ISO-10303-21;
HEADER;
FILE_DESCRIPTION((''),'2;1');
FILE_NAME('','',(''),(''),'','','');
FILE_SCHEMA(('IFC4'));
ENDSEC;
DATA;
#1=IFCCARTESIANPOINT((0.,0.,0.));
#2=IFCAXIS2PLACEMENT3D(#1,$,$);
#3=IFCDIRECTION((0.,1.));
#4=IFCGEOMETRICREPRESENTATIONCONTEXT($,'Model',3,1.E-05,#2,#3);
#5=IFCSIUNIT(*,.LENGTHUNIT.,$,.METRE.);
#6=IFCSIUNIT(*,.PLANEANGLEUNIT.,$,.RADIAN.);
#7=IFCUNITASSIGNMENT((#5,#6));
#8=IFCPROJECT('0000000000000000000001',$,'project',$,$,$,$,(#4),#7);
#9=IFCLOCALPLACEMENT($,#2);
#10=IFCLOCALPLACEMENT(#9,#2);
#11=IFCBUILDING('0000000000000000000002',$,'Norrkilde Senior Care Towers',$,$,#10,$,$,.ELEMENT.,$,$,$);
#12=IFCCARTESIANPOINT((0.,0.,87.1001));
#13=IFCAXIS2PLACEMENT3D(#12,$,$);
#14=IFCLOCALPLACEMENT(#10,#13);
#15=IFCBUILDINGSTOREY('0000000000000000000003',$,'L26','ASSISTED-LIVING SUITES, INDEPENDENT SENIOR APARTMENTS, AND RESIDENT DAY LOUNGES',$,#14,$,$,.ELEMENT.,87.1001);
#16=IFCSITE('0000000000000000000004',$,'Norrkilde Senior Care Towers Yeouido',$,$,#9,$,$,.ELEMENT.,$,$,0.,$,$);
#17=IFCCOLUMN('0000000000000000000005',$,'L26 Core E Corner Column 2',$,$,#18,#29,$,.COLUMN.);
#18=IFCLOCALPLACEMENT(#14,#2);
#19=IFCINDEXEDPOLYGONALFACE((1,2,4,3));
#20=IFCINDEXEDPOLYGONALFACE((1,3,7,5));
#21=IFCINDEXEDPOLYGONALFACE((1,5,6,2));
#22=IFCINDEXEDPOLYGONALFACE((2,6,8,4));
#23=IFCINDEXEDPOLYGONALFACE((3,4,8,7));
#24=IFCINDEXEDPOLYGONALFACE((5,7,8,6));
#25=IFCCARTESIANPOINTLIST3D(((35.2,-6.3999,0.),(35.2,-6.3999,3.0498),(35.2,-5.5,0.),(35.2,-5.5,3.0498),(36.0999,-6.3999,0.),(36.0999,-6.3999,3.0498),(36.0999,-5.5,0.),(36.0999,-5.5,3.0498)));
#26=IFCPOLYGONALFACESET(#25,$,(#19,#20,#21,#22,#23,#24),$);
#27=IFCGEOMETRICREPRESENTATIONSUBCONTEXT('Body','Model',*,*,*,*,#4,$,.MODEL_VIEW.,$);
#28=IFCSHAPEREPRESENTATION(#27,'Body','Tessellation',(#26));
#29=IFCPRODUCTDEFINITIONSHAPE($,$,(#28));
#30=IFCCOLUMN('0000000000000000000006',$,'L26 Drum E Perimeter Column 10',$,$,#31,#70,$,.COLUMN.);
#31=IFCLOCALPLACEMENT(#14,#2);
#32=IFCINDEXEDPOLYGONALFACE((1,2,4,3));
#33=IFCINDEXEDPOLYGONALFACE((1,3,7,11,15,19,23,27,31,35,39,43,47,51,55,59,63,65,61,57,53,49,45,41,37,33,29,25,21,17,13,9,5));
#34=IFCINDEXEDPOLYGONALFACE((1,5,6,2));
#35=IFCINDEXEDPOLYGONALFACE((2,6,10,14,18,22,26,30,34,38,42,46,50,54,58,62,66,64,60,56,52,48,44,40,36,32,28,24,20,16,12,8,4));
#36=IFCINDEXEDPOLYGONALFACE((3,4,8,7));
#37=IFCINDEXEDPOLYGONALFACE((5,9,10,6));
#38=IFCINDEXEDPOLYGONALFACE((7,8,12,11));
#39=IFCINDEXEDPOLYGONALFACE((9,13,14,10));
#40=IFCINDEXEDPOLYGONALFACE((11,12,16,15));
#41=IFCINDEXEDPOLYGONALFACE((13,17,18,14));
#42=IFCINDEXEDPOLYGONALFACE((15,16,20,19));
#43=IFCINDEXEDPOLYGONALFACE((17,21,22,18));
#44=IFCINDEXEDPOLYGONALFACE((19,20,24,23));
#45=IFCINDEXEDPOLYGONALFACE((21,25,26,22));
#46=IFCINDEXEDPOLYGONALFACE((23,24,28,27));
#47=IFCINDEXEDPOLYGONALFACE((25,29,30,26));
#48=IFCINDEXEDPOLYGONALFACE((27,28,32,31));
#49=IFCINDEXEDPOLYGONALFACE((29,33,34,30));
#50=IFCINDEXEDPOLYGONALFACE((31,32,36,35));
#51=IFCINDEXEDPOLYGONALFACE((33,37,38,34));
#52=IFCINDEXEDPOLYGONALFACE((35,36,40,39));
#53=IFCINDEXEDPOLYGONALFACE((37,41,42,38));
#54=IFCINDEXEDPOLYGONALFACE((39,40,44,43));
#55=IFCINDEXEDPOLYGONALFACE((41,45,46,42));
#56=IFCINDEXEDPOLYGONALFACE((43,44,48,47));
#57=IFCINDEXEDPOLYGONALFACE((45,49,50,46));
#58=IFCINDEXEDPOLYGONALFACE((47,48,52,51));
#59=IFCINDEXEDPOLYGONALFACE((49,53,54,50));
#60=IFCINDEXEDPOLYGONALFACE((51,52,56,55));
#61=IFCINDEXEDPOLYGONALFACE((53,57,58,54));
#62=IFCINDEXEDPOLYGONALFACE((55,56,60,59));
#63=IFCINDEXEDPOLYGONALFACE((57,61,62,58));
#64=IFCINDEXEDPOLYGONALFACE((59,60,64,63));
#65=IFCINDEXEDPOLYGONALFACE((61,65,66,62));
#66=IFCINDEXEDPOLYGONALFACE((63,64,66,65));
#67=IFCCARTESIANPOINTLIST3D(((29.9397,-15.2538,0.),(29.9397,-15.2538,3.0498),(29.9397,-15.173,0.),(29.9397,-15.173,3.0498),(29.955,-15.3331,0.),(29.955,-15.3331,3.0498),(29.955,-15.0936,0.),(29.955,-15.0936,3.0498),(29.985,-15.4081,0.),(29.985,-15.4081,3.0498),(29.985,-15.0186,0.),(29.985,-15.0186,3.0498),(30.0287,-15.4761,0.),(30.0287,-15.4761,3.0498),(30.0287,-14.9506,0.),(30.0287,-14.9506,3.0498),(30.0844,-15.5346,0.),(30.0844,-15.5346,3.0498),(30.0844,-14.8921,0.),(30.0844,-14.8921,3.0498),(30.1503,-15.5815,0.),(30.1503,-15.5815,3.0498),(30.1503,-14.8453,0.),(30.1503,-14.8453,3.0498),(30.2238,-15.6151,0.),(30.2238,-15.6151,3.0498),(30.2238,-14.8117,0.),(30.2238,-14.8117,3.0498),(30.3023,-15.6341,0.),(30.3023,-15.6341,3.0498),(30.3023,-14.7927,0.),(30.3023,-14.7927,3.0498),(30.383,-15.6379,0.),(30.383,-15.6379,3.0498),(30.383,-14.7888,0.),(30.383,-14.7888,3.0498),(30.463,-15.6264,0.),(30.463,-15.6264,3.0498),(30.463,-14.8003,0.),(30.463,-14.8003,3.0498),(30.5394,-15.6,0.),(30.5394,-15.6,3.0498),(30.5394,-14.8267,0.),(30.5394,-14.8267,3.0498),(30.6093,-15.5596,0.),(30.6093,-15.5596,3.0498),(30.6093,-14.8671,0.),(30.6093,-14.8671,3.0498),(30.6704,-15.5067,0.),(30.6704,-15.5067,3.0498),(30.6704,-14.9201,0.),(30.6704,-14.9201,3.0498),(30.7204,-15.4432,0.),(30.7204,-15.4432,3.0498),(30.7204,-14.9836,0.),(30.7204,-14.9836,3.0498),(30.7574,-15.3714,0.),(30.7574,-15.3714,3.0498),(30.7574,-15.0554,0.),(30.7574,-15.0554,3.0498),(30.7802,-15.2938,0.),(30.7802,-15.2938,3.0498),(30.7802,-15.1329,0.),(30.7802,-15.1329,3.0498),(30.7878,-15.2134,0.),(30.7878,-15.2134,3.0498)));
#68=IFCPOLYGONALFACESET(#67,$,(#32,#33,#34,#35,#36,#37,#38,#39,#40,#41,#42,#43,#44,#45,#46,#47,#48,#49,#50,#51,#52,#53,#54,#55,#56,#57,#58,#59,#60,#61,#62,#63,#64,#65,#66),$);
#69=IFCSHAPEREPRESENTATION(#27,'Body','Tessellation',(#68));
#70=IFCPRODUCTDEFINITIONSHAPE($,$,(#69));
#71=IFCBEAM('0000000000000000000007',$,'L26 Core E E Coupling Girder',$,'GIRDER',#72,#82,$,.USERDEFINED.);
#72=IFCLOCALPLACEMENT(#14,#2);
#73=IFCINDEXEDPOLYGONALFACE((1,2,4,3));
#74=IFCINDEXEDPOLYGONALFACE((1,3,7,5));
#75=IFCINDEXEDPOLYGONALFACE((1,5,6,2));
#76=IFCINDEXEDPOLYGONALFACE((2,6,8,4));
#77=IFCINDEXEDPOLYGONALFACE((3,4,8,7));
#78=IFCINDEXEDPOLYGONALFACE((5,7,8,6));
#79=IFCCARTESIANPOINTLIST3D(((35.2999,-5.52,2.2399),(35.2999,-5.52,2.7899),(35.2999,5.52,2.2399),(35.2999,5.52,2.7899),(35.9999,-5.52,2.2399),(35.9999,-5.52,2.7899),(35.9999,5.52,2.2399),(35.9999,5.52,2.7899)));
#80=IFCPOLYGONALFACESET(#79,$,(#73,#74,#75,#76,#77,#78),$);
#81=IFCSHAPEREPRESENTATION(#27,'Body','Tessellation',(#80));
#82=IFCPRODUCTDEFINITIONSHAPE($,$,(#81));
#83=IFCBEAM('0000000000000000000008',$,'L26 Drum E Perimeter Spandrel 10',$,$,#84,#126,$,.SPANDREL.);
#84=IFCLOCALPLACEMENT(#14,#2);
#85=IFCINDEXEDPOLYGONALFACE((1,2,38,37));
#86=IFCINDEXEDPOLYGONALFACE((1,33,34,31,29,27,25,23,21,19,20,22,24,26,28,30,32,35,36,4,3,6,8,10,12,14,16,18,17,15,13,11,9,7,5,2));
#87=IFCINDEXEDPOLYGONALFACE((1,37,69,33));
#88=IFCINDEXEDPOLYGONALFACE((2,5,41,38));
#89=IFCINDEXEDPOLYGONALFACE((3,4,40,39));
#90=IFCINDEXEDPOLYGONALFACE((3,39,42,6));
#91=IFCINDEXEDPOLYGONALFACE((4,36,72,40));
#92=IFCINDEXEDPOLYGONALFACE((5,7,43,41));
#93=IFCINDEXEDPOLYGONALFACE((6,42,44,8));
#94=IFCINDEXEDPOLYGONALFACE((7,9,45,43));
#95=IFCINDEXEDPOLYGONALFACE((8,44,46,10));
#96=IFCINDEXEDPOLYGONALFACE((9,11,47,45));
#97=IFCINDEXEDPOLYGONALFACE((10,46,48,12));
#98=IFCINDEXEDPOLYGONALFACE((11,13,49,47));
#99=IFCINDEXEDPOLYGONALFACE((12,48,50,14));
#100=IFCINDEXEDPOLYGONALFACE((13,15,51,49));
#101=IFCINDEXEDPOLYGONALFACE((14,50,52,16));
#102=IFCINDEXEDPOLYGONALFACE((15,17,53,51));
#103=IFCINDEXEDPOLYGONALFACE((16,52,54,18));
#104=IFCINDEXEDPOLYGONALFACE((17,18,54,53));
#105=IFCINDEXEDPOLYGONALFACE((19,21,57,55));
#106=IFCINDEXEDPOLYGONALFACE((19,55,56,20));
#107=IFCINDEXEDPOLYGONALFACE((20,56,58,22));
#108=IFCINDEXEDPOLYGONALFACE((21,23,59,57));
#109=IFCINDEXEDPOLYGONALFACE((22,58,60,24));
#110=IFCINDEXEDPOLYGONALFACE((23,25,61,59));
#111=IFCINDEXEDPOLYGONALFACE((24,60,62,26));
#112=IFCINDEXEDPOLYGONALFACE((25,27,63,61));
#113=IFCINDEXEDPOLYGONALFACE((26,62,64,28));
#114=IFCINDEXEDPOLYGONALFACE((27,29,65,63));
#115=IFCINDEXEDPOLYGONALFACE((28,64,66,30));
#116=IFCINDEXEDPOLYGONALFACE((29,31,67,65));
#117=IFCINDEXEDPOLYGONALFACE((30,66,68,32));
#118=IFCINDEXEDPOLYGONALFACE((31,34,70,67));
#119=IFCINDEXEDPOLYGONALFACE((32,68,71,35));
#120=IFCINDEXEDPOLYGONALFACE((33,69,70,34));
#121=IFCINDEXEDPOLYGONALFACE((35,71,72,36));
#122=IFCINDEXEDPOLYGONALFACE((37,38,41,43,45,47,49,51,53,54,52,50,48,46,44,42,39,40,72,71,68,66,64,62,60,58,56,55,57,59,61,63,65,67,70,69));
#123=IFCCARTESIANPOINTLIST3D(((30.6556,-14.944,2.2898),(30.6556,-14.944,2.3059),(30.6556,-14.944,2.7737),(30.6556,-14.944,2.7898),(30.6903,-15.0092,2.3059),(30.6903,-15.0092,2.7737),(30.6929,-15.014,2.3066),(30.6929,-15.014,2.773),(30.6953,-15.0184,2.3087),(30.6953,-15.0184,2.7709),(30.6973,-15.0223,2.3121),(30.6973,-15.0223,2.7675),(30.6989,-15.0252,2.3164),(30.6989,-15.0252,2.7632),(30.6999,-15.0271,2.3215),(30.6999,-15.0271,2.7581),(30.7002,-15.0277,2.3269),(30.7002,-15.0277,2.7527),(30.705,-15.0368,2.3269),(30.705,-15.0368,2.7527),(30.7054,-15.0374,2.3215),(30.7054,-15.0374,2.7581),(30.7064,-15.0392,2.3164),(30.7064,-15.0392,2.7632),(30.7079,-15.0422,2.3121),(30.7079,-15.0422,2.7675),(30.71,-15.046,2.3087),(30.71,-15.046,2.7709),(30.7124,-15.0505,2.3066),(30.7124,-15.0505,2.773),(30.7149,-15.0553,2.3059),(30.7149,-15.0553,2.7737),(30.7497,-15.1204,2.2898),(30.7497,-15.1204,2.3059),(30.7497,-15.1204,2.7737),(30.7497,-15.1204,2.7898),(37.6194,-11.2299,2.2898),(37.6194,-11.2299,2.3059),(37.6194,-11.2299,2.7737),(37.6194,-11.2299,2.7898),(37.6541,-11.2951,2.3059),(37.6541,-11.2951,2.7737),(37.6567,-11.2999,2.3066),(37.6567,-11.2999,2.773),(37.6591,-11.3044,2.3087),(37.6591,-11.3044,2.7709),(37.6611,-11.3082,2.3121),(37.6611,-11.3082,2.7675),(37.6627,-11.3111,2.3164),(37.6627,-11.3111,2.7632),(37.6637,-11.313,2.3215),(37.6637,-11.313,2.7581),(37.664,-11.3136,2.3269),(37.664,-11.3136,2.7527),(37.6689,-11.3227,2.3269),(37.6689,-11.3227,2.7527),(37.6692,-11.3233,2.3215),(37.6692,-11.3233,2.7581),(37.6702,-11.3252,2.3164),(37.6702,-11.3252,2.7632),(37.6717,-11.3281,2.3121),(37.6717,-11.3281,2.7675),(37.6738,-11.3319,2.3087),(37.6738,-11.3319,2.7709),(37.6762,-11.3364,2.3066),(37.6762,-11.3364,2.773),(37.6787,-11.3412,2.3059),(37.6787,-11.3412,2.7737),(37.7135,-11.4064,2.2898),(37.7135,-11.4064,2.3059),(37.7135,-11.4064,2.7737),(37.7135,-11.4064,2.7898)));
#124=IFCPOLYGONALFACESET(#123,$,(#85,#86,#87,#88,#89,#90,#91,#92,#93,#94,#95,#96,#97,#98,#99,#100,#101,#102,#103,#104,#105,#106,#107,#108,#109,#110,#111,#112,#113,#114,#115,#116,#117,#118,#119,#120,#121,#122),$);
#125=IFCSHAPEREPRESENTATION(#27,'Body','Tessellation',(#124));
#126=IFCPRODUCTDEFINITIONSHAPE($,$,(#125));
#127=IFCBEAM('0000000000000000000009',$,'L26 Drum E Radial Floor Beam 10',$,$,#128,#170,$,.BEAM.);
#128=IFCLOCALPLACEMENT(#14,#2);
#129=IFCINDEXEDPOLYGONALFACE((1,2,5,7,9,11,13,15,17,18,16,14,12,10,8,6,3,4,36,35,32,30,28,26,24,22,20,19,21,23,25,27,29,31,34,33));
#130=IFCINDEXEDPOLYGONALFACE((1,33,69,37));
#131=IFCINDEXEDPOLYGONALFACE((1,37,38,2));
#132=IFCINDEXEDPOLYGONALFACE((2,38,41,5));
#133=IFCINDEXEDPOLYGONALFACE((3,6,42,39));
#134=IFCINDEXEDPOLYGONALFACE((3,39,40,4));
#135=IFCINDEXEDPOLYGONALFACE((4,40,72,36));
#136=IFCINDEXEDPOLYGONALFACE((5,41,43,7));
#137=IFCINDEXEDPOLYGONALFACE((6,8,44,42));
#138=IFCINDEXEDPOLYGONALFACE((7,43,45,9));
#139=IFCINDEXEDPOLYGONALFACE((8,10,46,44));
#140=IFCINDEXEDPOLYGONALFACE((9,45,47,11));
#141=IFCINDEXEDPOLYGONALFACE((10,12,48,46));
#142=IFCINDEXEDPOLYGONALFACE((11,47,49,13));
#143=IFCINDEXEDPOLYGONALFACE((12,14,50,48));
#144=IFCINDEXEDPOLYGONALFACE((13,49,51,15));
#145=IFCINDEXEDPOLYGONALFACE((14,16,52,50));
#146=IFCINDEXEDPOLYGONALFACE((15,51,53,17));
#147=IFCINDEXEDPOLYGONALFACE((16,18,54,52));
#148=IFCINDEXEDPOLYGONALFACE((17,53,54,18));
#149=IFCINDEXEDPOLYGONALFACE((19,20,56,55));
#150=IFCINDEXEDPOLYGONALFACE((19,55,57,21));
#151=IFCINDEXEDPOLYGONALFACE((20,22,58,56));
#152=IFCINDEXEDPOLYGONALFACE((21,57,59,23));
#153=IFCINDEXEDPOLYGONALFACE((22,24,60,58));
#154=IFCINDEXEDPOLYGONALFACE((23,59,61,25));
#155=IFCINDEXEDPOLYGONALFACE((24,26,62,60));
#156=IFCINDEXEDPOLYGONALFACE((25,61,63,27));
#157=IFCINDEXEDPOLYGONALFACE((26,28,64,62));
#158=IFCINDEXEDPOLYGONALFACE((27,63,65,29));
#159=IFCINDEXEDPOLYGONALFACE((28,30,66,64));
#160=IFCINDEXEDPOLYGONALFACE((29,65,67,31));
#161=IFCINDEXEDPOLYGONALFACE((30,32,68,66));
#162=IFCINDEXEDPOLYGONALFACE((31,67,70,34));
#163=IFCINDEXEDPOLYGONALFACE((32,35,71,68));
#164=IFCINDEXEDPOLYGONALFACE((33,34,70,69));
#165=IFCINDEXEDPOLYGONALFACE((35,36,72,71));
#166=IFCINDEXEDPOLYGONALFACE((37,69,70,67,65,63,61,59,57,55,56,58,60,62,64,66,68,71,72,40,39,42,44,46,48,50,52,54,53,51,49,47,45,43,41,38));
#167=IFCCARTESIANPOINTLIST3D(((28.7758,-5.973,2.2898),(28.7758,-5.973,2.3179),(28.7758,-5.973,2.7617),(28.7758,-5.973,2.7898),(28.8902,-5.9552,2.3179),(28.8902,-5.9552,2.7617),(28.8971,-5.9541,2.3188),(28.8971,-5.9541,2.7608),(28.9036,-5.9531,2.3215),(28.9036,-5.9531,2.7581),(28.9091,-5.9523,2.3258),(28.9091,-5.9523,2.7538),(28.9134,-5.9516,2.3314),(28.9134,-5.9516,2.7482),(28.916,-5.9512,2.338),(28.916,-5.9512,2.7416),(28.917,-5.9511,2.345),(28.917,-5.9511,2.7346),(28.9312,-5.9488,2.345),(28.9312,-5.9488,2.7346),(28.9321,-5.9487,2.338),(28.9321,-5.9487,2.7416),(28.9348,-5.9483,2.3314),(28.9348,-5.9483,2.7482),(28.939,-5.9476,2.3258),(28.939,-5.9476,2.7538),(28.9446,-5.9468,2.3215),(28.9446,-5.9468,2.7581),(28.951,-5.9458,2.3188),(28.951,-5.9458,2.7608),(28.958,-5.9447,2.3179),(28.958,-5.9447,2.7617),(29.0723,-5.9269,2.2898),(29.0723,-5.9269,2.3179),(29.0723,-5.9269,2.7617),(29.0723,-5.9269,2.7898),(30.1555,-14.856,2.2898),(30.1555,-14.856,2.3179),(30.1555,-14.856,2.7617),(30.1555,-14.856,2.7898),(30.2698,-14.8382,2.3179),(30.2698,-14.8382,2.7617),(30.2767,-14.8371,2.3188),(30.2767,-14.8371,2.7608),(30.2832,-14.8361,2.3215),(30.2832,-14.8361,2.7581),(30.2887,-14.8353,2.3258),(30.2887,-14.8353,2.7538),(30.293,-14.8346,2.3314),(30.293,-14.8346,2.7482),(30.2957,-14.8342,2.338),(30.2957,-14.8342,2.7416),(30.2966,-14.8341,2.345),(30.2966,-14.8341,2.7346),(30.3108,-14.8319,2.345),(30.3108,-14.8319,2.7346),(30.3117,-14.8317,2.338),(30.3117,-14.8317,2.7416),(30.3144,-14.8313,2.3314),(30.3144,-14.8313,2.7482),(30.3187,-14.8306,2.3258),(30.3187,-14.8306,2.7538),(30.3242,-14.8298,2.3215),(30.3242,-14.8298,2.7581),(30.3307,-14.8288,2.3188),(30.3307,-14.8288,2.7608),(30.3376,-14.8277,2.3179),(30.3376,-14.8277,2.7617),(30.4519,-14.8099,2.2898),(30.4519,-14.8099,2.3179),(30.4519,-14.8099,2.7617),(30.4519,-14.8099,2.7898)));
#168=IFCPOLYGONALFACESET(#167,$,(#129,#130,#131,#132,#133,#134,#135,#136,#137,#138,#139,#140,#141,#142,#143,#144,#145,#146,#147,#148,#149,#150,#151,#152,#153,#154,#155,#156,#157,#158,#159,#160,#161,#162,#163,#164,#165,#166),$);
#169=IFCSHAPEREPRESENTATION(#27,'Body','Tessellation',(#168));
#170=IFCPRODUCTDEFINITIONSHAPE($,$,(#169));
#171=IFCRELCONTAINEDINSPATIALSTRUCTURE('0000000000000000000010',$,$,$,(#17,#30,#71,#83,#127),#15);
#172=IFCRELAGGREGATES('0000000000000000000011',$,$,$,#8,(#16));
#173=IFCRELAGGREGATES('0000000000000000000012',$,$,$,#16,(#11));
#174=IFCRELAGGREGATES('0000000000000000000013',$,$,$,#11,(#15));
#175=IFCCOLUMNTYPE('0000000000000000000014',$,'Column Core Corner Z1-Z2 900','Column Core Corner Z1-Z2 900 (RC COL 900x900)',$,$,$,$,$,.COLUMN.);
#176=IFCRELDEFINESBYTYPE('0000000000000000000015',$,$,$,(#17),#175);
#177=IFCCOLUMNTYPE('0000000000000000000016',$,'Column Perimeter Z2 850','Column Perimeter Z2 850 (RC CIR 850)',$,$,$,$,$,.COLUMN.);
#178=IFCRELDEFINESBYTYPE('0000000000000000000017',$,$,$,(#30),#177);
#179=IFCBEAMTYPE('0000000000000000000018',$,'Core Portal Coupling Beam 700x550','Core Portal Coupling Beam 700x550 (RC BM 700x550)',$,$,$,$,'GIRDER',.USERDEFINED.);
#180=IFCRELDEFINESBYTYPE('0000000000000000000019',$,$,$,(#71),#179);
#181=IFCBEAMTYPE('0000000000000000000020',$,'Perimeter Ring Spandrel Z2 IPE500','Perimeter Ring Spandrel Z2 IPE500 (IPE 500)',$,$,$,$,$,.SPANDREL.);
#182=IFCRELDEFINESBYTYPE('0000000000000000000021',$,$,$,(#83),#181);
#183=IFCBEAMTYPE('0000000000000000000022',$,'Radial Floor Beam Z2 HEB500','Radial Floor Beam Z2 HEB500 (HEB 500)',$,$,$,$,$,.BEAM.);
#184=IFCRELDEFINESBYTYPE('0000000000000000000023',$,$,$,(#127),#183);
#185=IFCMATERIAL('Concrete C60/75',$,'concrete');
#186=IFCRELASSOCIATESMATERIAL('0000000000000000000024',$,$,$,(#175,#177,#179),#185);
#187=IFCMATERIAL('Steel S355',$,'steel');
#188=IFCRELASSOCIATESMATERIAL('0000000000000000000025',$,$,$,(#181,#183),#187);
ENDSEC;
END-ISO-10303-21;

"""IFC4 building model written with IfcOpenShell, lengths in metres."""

from ifc_helpers import new_model, si_unit, direction, frame, origin, origin_2d, place, context, subcontext, project, spatial, rectangle, circle, i_section, extrude, source, transform, mapped, material, material_profile, profile_set, type_object, type_shapes, element, save


model = new_model("IFC4")

# Units and contexts
model_context = context("Model", 3, precision=1e-05, world=origin(), true_north=direction((0.0, 1.0)))
body_context = subcontext(model_context, "Body", "Model", "MODEL_VIEW")
ifc_project = project(units=[si_unit("LENGTHUNIT", "METRE"), si_unit("PLANEANGLEUNIT", "RADIAN")], contexts=[model_context])

# Site, building, storey
site_placement = place(None, origin())
site = spatial("IfcSite", under=ifc_project, at=site_placement, Name="Norrkilde Senior Care Towers Yeouido", CompositionType="ELEMENT", RefElevation=0.0)
building_placement = place(site_placement, origin())
building = spatial("IfcBuilding", under=site, at=building_placement, Name="Norrkilde Senior Care Towers", CompositionType="ELEMENT")
storey_placement = place(building_placement, frame((0.0, 0.0, 87.1001)))
storey = spatial("IfcBuildingStorey", under=building, at=storey_placement, Name="L26", Description="ASSISTED-LIVING SUITES, INDEPENDENT SENIOR APARTMENTS, AND RESIDENT DAY LOUNGES", CompositionType="ELEMENT", Elevation=87.1001)

# Columns
ifc_material_1 = material(Name="Concrete C60/75", Category="concrete")
ifc_material_profile_1 = material_profile(ifc_material_1, rectangle(XDim=0.8999, YDim=0.8999, at=origin_2d()), Name="RC COL 900x900")
ifc_profile_set_1 = profile_set([ifc_material_profile_1], Name="Concrete C60/75")
column_type_1 = type_object("IfcColumnType", Name="Column Core Corner Z1-Z2 900", Description="Column Core Corner Z1-Z2 900 (RC COL 900x900)", PredefinedType="COLUMN", material=ifc_profile_set_1)
shared_shape_1 = source(origin(), body_context, "Body", "SweptSolid", [
    extrude(rectangle(XDim=0.8999, YDim=0.8999, at=origin_2d()), origin(), (0.0, 0.0, 1.0), 3.0498),
])
type_shapes(column_type_1, [shared_shape_1])
column_1_placement = place(storey_placement, frame((35.6499, -5.95, 0.0), z_axis=(0.0, 0.0, 1.0), x_axis=(1.0, 0.0, 0.0)))
element("IfcColumn", 1, at=column_1_placement, inside=storey, type_object=column_type_1, Name="L26 Core E Corner Column 2", PredefinedType="COLUMN", context=body_context, shape_type="MappedRepresentation", body=[
    mapped(shared_shape_1, transform((0.0, 0.0, 0.0), x_axis=(1.0, 0.0, 0.0), y_axis=(0.0, 1.0, 0.0), z_axis=(0.0, 0.0, 1.0), scale=1.0)),
])
ifc_material_profile_2 = material_profile(ifc_material_1, circle(Radius=0.425, at=origin_2d()), Name="RC CIR 850")
ifc_profile_set_2 = profile_set([ifc_material_profile_2], Name="Concrete C60/75")
column_type_2 = type_object("IfcColumnType", Name="Column Perimeter Z2 850", Description="Column Perimeter Z2 850 (RC CIR 850)", PredefinedType="COLUMN", material=ifc_profile_set_2)
shared_shape_2 = source(origin(), body_context, "Body", "SweptSolid", [
    extrude(circle(Radius=0.425, at=origin_2d()), origin(), (0.0, 0.0, 1.0), 3.0498),
])
type_shapes(column_type_2, [shared_shape_2])
column_2_placement = place(storey_placement, frame((30.3628, -15.2134, 0.0), z_axis=(0.0, 0.0, 1.0), x_axis=(1.0, 0.0, 0.0)))
element("IfcColumn", 2, at=column_2_placement, inside=storey, type_object=column_type_2, Name="L26 Drum E Perimeter Column 10", PredefinedType="COLUMN", context=body_context, shape_type="MappedRepresentation", body=[
    mapped(shared_shape_2, transform((0.0, 0.0, 0.0), x_axis=(1.0, 0.0, 0.0), y_axis=(0.0, 1.0, 0.0), z_axis=(0.0, 0.0, 1.0), scale=1.0)),
])

# Beams
ifc_material_profile_3 = material_profile(ifc_material_1, rectangle(XDim=0.7, YDim=0.55, at=origin_2d()), Name="RC BM 700x550")
ifc_profile_set_3 = profile_set([ifc_material_profile_3], Name="Concrete C60/75")
beam_type_1 = type_object("IfcBeamType", Name="Core Portal Coupling Beam 700x550", Description="Core Portal Coupling Beam 700x550 (RC BM 700x550)", ElementType="GIRDER", PredefinedType="USERDEFINED", material=ifc_profile_set_3)
shared_shape_3 = source(origin(), body_context, "Body", "SweptSolid", [
    extrude(rectangle(XDim=0.7, YDim=0.55, at=origin_2d()), origin(), (0.0, 0.0, 1.0), 11.04),
])
type_shapes(beam_type_1, [shared_shape_3])
beam_1_placement = place(storey_placement, frame((35.6499, -5.52, 2.5149), z_axis=(0.0, 1.0, 0.0), x_axis=(-1.0, 0.0, 0.0)))
element("IfcBeam", 3, at=beam_1_placement, inside=storey, type_object=beam_type_1, Name="L26 Core E E Coupling Girder", ObjectType="GIRDER", PredefinedType="USERDEFINED", context=body_context, shape_type="MappedRepresentation", body=[
    mapped(shared_shape_3, transform((0.0, 0.0, 0.0), x_axis=(1.0, 0.0, 0.0), y_axis=(0.0, 1.0, 0.0), z_axis=(0.0, 0.0, 1.0), scale=1.0)),
])
ifc_material_2 = material(Name="Steel S355", Category="steel")
ifc_material_profile_4 = material_profile(ifc_material_2, i_section(OverallWidth=0.2, OverallDepth=0.5, WebThickness=0.0103, FlangeThickness=0.0161, FilletRadius=0.021, at=origin_2d()), Name="IPE 500")
ifc_profile_set_4 = profile_set([ifc_material_profile_4], Name="Steel S355")
beam_type_2 = type_object("IfcBeamType", Name="Perimeter Ring Spandrel Z2 IPE500", Description="Perimeter Ring Spandrel Z2 IPE500 (IPE 500)", PredefinedType="SPANDREL", material=ifc_profile_set_4)
shared_shape_4 = source(origin(), body_context, "Body", "SweptSolid", [
    extrude(i_section(OverallWidth=0.2, OverallDepth=0.5, WebThickness=0.0103, FlangeThickness=0.0161, FilletRadius=0.021, at=origin_2d()), origin(), (0.0, 0.0, 1.0), 7.8923),
])
type_shapes(beam_type_2, [shared_shape_4])
beam_2_placement = place(storey_placement, frame((30.7026, -15.0322, 2.5398), z_axis=(0.88235, 0.470593, 0.0), x_axis=(-0.470593, 0.88235, 0.0)))
element("IfcBeam", 4, at=beam_2_placement, inside=storey, type_object=beam_type_2, Name="L26 Drum E Perimeter Spandrel 10", PredefinedType="SPANDREL", context=body_context, shape_type="MappedRepresentation", body=[
    mapped(shared_shape_4, transform((0.0, 0.0, 0.0), x_axis=(1.0, 0.0, 0.0), y_axis=(0.0, 1.0, 0.0), z_axis=(0.0, 0.0, 1.0), scale=1.0)),
])
ifc_material_profile_5 = material_profile(ifc_material_2, i_section(OverallWidth=0.3, OverallDepth=0.5, WebThickness=0.0144, FlangeThickness=0.0281, FilletRadius=0.0271, at=origin_2d()), Name="HEB 500")
ifc_profile_set_5 = profile_set([ifc_material_profile_5], Name="Steel S355")
beam_type_3 = type_object("IfcBeamType", Name="Radial Floor Beam Z2 HEB500", Description="Radial Floor Beam Z2 HEB500 (HEB 500)", PredefinedType="BEAM", material=ifc_profile_set_5)
shared_shape_5 = source(origin(), body_context, "Body", "SweptSolid", [
    extrude(i_section(OverallWidth=0.3, OverallDepth=0.5, WebThickness=0.0144, FlangeThickness=0.0281, FilletRadius=0.0271, at=origin_2d()), origin(), (0.0, 0.0, 1.0), 8.9895),
])
beam_3_placement = place(storey_placement, frame((28.9241, -5.95, 2.5398), z_axis=(0.153471, -0.988153, 0.0), x_axis=(0.988153, 0.153471, 0.0)))
element("IfcBeam", 5, at=beam_3_placement, inside=storey, type_object=beam_type_3, Name="L26 Drum E Radial Floor Beam 10", PredefinedType="BEAM", context=body_context, shape_type="MappedRepresentation", body=[
    mapped(shared_shape_5, transform((0.0, 0.0, 0.0), x_axis=(1.0, 0.0, 0.0), y_axis=(0.0, 1.0, 0.0), z_axis=(0.0, 0.0, 1.0), scale=1.0)),
])

save(model, "model.ifc")
